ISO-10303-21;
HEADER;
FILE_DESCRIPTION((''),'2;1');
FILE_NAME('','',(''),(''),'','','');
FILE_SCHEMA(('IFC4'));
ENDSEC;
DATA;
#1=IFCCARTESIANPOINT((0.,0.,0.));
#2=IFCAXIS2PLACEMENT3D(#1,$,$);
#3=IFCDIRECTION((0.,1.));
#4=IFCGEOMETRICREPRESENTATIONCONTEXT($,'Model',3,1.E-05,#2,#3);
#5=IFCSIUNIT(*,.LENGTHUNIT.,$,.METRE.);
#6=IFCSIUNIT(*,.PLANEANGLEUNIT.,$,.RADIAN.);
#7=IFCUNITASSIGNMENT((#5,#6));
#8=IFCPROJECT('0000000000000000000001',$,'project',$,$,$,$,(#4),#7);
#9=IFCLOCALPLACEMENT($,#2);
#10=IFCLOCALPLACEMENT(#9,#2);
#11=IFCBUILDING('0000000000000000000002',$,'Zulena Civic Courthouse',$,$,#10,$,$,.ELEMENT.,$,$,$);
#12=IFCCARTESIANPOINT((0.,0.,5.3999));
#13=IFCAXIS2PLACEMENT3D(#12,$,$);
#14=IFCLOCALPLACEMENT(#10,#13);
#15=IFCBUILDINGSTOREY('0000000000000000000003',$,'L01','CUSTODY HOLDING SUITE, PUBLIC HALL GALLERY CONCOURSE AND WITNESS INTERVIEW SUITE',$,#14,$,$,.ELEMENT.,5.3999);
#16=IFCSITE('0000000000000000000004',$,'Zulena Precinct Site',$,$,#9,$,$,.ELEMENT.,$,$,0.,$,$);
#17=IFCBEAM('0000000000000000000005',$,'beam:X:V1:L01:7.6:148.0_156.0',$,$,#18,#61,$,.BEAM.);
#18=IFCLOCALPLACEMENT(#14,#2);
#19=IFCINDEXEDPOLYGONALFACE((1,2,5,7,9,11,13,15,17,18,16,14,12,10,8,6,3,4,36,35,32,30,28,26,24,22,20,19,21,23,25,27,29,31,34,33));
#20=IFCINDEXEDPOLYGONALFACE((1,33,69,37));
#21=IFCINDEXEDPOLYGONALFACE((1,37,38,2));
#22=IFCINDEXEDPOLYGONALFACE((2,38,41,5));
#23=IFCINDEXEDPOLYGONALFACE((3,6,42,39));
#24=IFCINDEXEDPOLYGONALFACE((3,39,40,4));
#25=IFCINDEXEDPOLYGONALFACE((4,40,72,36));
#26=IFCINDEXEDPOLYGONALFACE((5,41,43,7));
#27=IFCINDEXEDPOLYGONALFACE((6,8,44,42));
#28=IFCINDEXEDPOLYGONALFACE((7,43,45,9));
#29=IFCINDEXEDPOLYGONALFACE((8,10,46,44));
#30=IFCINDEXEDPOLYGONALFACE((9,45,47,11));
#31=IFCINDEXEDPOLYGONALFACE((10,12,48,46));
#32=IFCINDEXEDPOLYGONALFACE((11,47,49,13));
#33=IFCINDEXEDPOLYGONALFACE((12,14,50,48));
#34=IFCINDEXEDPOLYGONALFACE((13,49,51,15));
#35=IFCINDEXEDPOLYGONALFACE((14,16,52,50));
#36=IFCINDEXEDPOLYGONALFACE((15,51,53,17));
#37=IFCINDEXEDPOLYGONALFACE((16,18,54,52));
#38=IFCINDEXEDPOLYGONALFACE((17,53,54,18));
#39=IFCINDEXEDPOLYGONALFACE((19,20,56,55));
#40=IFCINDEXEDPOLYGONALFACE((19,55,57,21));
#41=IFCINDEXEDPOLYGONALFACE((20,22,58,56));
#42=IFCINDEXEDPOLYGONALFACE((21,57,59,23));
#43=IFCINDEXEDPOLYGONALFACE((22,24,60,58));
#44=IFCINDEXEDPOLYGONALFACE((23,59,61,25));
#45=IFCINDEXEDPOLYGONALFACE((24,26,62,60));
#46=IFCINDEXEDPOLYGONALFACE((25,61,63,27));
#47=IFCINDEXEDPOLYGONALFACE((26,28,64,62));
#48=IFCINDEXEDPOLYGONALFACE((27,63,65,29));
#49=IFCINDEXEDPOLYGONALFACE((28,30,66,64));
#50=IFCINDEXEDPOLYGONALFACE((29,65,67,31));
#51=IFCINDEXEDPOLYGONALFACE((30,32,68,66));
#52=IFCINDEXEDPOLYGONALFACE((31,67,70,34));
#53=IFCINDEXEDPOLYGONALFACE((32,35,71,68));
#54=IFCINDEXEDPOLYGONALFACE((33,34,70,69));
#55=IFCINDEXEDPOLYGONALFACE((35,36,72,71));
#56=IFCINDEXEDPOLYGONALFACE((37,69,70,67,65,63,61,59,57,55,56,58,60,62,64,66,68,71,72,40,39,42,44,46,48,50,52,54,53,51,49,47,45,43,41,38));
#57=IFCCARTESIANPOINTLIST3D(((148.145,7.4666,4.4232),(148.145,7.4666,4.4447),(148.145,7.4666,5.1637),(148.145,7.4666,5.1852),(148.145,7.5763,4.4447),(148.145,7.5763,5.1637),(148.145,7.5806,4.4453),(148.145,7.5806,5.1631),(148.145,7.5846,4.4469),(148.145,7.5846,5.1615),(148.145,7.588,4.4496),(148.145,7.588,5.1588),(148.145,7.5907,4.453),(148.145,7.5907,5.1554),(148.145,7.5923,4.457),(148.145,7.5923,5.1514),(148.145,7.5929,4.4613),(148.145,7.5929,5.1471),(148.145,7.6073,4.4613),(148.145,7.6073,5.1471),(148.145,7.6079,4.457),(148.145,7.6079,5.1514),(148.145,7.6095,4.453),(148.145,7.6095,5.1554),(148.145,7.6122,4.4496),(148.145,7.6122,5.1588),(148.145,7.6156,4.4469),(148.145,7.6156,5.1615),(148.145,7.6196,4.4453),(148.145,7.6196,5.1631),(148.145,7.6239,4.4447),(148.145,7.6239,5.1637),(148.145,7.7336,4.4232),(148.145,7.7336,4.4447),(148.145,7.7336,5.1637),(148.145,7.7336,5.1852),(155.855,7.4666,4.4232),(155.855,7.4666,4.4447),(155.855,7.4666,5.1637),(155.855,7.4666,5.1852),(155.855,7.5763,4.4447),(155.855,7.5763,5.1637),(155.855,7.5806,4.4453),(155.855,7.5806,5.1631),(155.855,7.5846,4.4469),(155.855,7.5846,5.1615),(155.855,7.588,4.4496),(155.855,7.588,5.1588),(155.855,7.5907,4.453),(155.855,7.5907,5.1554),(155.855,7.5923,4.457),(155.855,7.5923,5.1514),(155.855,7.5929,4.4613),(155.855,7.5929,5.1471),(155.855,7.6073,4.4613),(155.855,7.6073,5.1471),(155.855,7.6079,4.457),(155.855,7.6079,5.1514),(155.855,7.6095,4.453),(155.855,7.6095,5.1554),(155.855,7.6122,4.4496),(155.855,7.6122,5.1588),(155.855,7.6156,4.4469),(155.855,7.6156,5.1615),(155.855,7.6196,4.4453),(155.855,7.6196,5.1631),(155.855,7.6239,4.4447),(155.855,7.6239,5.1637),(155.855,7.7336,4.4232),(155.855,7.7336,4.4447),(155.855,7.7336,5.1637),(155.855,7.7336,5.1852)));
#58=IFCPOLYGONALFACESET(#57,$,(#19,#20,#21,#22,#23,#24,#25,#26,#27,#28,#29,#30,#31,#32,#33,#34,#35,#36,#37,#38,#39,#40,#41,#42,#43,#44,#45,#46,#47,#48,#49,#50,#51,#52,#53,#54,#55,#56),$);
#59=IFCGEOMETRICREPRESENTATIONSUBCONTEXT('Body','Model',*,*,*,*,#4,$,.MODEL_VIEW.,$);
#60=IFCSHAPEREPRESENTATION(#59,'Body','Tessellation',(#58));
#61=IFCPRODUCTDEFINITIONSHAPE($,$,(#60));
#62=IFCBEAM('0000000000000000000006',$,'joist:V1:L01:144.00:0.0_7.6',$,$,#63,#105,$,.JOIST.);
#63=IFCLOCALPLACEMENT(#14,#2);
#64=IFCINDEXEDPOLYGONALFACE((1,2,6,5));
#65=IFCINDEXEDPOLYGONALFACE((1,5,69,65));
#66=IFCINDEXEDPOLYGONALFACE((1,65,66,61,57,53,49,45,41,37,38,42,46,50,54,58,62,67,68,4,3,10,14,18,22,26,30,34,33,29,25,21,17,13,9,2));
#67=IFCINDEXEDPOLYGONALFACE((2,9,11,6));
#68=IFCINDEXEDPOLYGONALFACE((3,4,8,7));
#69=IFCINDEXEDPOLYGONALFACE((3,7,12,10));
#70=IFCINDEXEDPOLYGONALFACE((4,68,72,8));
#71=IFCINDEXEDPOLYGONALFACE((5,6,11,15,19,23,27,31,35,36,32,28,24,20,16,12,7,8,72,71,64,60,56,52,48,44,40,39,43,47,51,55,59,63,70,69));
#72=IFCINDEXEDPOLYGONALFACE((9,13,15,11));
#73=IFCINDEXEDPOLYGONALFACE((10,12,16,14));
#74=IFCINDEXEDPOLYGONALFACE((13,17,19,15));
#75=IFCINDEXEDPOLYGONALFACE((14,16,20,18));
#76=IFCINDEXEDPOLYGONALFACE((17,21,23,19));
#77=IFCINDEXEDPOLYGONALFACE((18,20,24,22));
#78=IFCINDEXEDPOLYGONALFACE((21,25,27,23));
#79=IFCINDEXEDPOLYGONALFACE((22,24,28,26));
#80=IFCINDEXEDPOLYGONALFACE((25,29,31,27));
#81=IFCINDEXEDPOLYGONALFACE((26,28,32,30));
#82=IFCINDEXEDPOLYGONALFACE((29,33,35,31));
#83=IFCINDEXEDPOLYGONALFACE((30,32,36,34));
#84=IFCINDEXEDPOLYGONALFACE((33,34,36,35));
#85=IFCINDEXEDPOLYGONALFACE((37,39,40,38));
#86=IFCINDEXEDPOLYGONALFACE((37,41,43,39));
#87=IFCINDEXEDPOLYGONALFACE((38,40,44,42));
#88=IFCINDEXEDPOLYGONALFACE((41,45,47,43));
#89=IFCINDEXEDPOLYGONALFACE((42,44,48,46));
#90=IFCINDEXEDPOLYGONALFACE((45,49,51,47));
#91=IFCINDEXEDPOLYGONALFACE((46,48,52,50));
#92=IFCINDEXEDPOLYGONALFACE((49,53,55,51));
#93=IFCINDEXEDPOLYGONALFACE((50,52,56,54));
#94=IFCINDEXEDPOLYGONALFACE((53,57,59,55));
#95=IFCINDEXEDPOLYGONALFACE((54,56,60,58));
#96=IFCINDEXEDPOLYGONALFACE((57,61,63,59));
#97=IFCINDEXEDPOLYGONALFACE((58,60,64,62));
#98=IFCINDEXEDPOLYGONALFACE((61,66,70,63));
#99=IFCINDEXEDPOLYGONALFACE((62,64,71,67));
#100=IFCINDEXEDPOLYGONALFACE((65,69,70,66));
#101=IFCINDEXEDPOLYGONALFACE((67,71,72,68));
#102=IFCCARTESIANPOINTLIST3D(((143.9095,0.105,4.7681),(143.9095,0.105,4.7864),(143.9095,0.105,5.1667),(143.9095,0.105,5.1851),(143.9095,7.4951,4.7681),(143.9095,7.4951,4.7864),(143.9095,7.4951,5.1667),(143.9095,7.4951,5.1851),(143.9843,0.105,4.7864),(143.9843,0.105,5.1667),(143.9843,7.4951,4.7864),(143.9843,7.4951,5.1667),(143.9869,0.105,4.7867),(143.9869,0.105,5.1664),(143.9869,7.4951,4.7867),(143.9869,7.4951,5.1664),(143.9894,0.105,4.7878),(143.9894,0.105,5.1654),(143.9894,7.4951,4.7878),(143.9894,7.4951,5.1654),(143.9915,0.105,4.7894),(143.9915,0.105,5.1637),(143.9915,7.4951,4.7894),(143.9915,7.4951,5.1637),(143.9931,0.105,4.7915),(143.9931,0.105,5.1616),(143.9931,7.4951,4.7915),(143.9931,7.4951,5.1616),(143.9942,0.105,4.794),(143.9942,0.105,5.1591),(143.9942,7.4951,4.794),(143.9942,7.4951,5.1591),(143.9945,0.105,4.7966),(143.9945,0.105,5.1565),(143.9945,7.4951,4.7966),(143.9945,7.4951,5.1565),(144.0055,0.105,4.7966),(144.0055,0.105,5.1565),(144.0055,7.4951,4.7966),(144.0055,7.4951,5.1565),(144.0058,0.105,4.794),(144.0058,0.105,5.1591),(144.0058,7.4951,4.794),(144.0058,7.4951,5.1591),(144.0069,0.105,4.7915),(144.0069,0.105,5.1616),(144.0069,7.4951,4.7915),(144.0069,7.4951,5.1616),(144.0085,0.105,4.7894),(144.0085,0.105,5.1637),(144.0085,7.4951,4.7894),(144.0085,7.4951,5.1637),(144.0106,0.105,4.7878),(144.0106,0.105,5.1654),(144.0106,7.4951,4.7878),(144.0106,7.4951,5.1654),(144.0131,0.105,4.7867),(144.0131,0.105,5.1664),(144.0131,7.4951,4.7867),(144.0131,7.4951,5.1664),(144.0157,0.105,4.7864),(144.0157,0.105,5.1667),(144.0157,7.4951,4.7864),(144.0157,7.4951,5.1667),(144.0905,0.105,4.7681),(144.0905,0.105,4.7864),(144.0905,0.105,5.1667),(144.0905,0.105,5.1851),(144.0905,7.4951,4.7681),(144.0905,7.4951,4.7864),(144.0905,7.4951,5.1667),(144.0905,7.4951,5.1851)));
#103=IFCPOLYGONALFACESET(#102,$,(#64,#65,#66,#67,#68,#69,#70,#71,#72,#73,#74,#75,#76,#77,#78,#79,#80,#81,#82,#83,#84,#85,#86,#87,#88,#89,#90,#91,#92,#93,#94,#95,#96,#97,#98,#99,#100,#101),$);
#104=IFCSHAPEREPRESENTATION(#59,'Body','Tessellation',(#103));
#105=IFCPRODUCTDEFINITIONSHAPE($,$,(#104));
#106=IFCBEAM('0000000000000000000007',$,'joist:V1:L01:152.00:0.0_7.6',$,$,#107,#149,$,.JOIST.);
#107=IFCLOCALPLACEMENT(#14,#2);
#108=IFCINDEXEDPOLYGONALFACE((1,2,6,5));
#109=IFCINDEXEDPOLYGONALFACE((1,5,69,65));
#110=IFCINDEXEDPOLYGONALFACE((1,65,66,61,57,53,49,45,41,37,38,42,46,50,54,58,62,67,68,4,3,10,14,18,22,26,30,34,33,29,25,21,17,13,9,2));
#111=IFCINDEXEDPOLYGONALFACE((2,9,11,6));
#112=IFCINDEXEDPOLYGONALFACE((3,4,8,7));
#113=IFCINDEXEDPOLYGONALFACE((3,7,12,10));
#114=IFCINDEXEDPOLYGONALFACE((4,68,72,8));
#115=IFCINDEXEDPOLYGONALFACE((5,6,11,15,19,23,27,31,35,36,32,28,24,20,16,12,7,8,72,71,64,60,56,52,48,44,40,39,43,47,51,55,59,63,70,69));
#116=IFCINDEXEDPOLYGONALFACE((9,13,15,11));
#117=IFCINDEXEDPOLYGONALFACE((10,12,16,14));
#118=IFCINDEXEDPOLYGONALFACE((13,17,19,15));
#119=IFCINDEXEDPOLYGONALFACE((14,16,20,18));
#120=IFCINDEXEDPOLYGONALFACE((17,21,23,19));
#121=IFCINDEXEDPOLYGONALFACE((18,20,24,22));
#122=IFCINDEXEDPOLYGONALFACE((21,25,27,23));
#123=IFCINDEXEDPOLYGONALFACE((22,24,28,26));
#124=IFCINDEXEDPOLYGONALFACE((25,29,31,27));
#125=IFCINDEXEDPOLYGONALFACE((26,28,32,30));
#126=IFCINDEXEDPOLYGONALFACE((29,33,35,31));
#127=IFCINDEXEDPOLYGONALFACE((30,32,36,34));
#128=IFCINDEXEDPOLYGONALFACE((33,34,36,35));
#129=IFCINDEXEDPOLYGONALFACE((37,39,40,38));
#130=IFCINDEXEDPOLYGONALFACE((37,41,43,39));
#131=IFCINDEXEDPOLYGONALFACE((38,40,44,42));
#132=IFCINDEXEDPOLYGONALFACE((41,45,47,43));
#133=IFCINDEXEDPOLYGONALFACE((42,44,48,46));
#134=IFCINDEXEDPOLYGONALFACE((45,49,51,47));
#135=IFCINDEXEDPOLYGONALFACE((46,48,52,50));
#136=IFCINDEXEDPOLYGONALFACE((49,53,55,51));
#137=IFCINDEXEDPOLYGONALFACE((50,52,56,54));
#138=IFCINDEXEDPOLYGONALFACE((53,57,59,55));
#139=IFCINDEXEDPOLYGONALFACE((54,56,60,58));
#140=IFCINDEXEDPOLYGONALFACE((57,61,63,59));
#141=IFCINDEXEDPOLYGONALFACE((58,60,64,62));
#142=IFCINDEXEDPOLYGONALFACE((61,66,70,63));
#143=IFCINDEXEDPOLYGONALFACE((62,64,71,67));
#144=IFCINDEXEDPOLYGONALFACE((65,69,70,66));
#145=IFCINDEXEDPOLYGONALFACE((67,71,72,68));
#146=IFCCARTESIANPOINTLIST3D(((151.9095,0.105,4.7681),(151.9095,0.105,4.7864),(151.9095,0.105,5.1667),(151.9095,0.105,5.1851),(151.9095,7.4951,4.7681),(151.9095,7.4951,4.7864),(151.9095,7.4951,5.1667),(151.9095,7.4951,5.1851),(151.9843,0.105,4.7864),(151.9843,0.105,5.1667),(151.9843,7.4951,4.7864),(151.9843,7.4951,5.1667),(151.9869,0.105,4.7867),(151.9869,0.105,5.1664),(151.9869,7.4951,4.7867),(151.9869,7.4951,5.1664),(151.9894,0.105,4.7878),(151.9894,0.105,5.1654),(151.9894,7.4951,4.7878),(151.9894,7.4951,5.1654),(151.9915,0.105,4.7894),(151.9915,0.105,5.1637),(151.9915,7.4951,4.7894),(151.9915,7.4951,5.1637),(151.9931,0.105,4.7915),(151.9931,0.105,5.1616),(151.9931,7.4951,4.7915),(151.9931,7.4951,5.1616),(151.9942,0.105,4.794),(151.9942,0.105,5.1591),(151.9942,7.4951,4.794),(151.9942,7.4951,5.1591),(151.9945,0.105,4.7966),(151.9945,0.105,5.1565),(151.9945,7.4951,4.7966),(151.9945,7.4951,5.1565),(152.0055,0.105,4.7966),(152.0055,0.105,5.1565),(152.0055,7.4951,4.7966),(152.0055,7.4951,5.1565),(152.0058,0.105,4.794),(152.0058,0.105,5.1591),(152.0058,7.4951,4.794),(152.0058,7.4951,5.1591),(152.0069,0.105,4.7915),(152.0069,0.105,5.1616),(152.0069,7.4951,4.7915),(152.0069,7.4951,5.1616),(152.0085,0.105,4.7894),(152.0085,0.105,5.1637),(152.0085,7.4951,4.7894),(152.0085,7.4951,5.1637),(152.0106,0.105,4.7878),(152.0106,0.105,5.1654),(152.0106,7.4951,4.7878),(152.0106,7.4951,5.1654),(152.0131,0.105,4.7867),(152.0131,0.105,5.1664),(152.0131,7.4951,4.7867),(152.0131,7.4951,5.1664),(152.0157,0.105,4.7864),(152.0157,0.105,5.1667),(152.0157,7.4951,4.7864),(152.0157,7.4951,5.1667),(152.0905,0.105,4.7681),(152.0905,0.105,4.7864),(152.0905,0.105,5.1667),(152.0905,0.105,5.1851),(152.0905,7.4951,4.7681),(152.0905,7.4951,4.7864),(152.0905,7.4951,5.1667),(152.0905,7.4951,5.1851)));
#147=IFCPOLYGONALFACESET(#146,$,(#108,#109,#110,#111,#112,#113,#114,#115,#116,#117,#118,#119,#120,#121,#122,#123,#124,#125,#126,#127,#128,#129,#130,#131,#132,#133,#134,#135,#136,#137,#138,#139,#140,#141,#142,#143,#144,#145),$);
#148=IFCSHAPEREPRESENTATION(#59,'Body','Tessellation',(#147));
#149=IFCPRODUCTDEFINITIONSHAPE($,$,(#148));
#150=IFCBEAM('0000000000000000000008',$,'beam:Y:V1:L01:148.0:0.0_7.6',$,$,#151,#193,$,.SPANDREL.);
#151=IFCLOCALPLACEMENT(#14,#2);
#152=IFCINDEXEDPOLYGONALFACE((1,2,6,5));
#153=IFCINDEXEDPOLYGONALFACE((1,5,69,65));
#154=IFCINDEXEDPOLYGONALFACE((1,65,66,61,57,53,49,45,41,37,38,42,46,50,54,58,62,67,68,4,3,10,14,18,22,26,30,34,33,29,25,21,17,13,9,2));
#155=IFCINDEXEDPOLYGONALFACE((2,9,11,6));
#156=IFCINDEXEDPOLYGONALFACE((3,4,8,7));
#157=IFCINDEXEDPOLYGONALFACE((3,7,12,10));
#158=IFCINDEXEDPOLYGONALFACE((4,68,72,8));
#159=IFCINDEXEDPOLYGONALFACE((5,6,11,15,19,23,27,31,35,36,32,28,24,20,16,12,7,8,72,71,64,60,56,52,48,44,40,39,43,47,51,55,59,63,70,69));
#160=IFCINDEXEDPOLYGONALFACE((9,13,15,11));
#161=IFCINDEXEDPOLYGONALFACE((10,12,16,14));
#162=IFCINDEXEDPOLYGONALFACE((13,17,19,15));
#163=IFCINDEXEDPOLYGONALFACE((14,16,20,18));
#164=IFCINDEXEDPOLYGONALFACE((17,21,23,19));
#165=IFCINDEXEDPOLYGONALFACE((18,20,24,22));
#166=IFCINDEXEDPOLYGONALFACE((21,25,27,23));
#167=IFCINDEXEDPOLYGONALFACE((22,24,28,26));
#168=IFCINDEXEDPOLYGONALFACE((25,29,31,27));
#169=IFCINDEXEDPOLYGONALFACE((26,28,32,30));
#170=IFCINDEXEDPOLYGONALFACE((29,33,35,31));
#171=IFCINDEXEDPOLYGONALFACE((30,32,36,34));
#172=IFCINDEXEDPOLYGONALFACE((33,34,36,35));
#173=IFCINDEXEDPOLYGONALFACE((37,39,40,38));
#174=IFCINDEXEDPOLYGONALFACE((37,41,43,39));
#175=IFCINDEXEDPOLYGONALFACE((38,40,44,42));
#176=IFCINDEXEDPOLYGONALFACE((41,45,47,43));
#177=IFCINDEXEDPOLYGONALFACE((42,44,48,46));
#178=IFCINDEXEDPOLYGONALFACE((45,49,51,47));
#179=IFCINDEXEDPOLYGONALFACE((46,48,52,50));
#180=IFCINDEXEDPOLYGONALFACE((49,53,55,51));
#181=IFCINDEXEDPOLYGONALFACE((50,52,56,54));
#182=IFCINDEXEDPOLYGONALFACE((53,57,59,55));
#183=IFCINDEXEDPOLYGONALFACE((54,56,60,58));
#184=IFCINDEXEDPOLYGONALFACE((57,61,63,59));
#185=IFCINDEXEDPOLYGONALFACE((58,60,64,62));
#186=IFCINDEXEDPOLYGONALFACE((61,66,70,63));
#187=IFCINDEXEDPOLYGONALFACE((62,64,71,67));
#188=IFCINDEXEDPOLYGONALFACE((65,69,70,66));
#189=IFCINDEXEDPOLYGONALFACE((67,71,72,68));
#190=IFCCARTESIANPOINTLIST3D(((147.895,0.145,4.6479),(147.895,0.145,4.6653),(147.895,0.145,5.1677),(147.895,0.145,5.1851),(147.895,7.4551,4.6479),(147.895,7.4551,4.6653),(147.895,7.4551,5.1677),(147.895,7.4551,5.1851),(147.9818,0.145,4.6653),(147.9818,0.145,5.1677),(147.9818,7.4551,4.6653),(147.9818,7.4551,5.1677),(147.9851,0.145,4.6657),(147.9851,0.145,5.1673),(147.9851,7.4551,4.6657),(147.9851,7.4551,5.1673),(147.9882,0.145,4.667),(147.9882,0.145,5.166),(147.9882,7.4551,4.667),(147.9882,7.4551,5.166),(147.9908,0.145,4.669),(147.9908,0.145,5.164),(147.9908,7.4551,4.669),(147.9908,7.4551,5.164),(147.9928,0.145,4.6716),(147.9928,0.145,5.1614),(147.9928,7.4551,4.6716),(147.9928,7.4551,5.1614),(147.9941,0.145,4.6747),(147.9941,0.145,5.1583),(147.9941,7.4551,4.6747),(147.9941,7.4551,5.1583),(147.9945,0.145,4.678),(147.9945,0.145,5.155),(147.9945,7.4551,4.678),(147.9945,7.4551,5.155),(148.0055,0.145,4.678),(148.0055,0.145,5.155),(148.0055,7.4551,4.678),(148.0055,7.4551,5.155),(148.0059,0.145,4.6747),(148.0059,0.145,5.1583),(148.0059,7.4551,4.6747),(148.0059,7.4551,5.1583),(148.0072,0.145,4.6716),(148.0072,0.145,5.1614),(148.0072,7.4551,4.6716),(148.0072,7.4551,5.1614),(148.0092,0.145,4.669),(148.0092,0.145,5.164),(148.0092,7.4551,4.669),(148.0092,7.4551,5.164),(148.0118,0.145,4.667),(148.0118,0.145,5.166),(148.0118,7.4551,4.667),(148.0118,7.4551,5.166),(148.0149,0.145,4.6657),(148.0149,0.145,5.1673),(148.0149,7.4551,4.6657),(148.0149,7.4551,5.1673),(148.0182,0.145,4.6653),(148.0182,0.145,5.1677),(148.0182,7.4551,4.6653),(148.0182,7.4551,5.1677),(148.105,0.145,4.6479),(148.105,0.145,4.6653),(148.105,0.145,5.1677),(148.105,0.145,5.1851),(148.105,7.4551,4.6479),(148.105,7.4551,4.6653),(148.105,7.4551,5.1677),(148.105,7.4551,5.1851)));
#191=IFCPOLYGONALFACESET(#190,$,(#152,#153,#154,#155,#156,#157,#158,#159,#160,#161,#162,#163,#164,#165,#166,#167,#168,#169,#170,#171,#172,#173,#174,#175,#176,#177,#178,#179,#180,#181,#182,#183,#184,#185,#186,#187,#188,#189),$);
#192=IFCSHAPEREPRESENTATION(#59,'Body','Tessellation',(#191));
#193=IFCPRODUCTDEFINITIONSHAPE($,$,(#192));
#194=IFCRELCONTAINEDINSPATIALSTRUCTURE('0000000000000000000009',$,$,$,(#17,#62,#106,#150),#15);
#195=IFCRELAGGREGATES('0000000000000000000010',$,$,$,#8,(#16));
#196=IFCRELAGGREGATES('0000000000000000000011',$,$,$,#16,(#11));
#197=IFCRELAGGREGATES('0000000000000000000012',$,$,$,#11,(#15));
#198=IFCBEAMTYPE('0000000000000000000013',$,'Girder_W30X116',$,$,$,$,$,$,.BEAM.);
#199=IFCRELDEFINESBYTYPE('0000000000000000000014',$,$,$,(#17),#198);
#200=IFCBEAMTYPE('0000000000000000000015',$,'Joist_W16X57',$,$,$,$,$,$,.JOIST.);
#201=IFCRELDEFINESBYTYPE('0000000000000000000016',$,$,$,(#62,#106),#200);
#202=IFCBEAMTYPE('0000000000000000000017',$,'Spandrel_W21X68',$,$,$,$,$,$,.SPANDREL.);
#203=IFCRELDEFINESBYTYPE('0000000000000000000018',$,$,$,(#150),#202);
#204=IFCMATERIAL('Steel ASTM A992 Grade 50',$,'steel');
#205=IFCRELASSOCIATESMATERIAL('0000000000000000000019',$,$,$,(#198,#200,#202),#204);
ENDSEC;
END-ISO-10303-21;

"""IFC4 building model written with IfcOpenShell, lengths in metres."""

from ifc_helpers import new_model, si_unit, direction, frame, origin, origin_2d, place, context, subcontext, project, spatial, i_section, extrude, material, material_profile, profile_set, type_object, element, save


model = new_model("IFC4")

# Units and contexts
model_context = context("Model", 3, precision=1e-05, world=origin(), true_north=direction((0.0, 1.0)))
body_context = subcontext(model_context, "Body", "Model", "MODEL_VIEW")
ifc_project = project(units=[si_unit("LENGTHUNIT", "METRE"), si_unit("PLANEANGLEUNIT", "RADIAN")], contexts=[model_context])

# Site, building, storey
site_placement = place(None, origin())
site = spatial("IfcSite", under=ifc_project, at=site_placement, Name="Zulena Precinct Site", CompositionType="ELEMENT", RefElevation=0.0)
building_placement = place(site_placement, origin())
building = spatial("IfcBuilding", under=site, at=building_placement, Name="Zulena Civic Courthouse", CompositionType="ELEMENT")
storey_placement = place(building_placement, frame((0.0, 0.0, 5.3999)))
storey = spatial("IfcBuildingStorey", under=building, at=storey_placement, Name="L01", Description="CUSTODY HOLDING SUITE, PUBLIC HALL GALLERY CONCOURSE AND WITNESS INTERVIEW SUITE", CompositionType="ELEMENT", Elevation=5.3999)

# Shared definitions
ifc_material_1 = material(Name="Steel ASTM A992 Grade 50", Category="steel")

# Beams
ifc_material_profile_1 = material_profile(ifc_material_1, i_section(OverallWidth=0.2671, OverallDepth=0.762, WebThickness=0.0144, FlangeThickness=0.0215, FilletRadius=0.0166, at=origin_2d()), Name="W30X116")
ifc_profile_set_1 = profile_set([ifc_material_profile_1], Name="Steel ASTM A992 Grade 50")
beam_type_1 = type_object("IfcBeamType", Name="Girder_W30X116", PredefinedType="BEAM", material=ifc_profile_set_1)
beam_1_placement = place(storey_placement, frame((148.145, 7.6001, 4.8042), z_axis=(1.0, 0.0, 0.0), x_axis=(0.0, 1.0, 0.0)))
element("IfcBeam", 1, at=beam_1_placement, inside=storey, type_object=beam_type_1, Name="beam:X:V1:L01:7.6:148.0_156.0", PredefinedType="BEAM", context=body_context, shape_type="SweptSolid", body=[
    extrude(i_section(OverallWidth=0.2671, OverallDepth=0.762, WebThickness=0.0144, FlangeThickness=0.0215, FilletRadius=0.0166, at=origin_2d()), origin(), (0.0, 0.0, 1.0), 7.71),
])
ifc_material_profile_2 = material_profile(ifc_material_1, i_section(OverallWidth=0.1809, OverallDepth=0.417, WebThickness=0.011, FlangeThickness=0.0183, FilletRadius=0.0103, at=origin_2d()), Name="W16X57")
ifc_profile_set_2 = profile_set([ifc_material_profile_2], Name="Steel ASTM A992 Grade 50")
beam_type_2 = type_object("IfcBeamType", Name="Joist_W16X57", PredefinedType="JOIST", material=ifc_profile_set_2)
for number, where, z_axis, x_axis, name in (
    (2, (144.0, 0.105, 4.9766), (0.0, 1.0, 0.0), (-1.0, 0.0, 0.0), "joist:V1:L01:144.00:0.0_7.6"),
    (3, (152.0, 0.105, 4.9766), (0.0, 1.0, 0.0), (-1.0, 0.0, 0.0), "joist:V1:L01:152.00:0.0_7.6"),
):
    element("IfcBeam", number, at=place(storey_placement, frame(where, z_axis=z_axis, x_axis=x_axis)), inside=storey, type_object=beam_type_2, Name=name, PredefinedType="JOIST", context=body_context, shape_type="SweptSolid", body=[
        extrude(i_section(OverallWidth=0.1809, OverallDepth=0.417, WebThickness=0.011, FlangeThickness=0.0183, FilletRadius=0.0103, at=origin_2d()), origin(), (0.0, 0.0, 1.0), 7.3901),
    ])
ifc_material_profile_3 = material_profile(ifc_material_1, i_section(OverallWidth=0.21, OverallDepth=0.5371, WebThickness=0.011, FlangeThickness=0.0173, FilletRadius=0.0127, at=origin_2d()), Name="W21X68")
ifc_profile_set_3 = profile_set([ifc_material_profile_3], Name="Steel ASTM A992 Grade 50")
beam_type_3 = type_object("IfcBeamType", Name="Spandrel_W21X68", PredefinedType="SPANDREL", material=ifc_profile_set_3)
for number, where, z_axis, x_axis, name in (
    (4, (148.0, 0.145, 4.9165), (0.0, 1.0, 0.0), (-1.0, 0.0, 0.0), "beam:Y:V1:L01:148.0:0.0_7.6"),
):
    element("IfcBeam", number, at=place(storey_placement, frame(where, z_axis=z_axis, x_axis=x_axis)), inside=storey, type_object=beam_type_3, Name=name, PredefinedType="SPANDREL", context=body_context, shape_type="SweptSolid", body=[
        extrude(i_section(OverallWidth=0.21, OverallDepth=0.5371, WebThickness=0.011, FlangeThickness=0.0173, FilletRadius=0.0127, at=origin_2d()), origin(), (0.0, 0.0, 1.0), 7.3101),
    ])

save(model, "model.ifc")
